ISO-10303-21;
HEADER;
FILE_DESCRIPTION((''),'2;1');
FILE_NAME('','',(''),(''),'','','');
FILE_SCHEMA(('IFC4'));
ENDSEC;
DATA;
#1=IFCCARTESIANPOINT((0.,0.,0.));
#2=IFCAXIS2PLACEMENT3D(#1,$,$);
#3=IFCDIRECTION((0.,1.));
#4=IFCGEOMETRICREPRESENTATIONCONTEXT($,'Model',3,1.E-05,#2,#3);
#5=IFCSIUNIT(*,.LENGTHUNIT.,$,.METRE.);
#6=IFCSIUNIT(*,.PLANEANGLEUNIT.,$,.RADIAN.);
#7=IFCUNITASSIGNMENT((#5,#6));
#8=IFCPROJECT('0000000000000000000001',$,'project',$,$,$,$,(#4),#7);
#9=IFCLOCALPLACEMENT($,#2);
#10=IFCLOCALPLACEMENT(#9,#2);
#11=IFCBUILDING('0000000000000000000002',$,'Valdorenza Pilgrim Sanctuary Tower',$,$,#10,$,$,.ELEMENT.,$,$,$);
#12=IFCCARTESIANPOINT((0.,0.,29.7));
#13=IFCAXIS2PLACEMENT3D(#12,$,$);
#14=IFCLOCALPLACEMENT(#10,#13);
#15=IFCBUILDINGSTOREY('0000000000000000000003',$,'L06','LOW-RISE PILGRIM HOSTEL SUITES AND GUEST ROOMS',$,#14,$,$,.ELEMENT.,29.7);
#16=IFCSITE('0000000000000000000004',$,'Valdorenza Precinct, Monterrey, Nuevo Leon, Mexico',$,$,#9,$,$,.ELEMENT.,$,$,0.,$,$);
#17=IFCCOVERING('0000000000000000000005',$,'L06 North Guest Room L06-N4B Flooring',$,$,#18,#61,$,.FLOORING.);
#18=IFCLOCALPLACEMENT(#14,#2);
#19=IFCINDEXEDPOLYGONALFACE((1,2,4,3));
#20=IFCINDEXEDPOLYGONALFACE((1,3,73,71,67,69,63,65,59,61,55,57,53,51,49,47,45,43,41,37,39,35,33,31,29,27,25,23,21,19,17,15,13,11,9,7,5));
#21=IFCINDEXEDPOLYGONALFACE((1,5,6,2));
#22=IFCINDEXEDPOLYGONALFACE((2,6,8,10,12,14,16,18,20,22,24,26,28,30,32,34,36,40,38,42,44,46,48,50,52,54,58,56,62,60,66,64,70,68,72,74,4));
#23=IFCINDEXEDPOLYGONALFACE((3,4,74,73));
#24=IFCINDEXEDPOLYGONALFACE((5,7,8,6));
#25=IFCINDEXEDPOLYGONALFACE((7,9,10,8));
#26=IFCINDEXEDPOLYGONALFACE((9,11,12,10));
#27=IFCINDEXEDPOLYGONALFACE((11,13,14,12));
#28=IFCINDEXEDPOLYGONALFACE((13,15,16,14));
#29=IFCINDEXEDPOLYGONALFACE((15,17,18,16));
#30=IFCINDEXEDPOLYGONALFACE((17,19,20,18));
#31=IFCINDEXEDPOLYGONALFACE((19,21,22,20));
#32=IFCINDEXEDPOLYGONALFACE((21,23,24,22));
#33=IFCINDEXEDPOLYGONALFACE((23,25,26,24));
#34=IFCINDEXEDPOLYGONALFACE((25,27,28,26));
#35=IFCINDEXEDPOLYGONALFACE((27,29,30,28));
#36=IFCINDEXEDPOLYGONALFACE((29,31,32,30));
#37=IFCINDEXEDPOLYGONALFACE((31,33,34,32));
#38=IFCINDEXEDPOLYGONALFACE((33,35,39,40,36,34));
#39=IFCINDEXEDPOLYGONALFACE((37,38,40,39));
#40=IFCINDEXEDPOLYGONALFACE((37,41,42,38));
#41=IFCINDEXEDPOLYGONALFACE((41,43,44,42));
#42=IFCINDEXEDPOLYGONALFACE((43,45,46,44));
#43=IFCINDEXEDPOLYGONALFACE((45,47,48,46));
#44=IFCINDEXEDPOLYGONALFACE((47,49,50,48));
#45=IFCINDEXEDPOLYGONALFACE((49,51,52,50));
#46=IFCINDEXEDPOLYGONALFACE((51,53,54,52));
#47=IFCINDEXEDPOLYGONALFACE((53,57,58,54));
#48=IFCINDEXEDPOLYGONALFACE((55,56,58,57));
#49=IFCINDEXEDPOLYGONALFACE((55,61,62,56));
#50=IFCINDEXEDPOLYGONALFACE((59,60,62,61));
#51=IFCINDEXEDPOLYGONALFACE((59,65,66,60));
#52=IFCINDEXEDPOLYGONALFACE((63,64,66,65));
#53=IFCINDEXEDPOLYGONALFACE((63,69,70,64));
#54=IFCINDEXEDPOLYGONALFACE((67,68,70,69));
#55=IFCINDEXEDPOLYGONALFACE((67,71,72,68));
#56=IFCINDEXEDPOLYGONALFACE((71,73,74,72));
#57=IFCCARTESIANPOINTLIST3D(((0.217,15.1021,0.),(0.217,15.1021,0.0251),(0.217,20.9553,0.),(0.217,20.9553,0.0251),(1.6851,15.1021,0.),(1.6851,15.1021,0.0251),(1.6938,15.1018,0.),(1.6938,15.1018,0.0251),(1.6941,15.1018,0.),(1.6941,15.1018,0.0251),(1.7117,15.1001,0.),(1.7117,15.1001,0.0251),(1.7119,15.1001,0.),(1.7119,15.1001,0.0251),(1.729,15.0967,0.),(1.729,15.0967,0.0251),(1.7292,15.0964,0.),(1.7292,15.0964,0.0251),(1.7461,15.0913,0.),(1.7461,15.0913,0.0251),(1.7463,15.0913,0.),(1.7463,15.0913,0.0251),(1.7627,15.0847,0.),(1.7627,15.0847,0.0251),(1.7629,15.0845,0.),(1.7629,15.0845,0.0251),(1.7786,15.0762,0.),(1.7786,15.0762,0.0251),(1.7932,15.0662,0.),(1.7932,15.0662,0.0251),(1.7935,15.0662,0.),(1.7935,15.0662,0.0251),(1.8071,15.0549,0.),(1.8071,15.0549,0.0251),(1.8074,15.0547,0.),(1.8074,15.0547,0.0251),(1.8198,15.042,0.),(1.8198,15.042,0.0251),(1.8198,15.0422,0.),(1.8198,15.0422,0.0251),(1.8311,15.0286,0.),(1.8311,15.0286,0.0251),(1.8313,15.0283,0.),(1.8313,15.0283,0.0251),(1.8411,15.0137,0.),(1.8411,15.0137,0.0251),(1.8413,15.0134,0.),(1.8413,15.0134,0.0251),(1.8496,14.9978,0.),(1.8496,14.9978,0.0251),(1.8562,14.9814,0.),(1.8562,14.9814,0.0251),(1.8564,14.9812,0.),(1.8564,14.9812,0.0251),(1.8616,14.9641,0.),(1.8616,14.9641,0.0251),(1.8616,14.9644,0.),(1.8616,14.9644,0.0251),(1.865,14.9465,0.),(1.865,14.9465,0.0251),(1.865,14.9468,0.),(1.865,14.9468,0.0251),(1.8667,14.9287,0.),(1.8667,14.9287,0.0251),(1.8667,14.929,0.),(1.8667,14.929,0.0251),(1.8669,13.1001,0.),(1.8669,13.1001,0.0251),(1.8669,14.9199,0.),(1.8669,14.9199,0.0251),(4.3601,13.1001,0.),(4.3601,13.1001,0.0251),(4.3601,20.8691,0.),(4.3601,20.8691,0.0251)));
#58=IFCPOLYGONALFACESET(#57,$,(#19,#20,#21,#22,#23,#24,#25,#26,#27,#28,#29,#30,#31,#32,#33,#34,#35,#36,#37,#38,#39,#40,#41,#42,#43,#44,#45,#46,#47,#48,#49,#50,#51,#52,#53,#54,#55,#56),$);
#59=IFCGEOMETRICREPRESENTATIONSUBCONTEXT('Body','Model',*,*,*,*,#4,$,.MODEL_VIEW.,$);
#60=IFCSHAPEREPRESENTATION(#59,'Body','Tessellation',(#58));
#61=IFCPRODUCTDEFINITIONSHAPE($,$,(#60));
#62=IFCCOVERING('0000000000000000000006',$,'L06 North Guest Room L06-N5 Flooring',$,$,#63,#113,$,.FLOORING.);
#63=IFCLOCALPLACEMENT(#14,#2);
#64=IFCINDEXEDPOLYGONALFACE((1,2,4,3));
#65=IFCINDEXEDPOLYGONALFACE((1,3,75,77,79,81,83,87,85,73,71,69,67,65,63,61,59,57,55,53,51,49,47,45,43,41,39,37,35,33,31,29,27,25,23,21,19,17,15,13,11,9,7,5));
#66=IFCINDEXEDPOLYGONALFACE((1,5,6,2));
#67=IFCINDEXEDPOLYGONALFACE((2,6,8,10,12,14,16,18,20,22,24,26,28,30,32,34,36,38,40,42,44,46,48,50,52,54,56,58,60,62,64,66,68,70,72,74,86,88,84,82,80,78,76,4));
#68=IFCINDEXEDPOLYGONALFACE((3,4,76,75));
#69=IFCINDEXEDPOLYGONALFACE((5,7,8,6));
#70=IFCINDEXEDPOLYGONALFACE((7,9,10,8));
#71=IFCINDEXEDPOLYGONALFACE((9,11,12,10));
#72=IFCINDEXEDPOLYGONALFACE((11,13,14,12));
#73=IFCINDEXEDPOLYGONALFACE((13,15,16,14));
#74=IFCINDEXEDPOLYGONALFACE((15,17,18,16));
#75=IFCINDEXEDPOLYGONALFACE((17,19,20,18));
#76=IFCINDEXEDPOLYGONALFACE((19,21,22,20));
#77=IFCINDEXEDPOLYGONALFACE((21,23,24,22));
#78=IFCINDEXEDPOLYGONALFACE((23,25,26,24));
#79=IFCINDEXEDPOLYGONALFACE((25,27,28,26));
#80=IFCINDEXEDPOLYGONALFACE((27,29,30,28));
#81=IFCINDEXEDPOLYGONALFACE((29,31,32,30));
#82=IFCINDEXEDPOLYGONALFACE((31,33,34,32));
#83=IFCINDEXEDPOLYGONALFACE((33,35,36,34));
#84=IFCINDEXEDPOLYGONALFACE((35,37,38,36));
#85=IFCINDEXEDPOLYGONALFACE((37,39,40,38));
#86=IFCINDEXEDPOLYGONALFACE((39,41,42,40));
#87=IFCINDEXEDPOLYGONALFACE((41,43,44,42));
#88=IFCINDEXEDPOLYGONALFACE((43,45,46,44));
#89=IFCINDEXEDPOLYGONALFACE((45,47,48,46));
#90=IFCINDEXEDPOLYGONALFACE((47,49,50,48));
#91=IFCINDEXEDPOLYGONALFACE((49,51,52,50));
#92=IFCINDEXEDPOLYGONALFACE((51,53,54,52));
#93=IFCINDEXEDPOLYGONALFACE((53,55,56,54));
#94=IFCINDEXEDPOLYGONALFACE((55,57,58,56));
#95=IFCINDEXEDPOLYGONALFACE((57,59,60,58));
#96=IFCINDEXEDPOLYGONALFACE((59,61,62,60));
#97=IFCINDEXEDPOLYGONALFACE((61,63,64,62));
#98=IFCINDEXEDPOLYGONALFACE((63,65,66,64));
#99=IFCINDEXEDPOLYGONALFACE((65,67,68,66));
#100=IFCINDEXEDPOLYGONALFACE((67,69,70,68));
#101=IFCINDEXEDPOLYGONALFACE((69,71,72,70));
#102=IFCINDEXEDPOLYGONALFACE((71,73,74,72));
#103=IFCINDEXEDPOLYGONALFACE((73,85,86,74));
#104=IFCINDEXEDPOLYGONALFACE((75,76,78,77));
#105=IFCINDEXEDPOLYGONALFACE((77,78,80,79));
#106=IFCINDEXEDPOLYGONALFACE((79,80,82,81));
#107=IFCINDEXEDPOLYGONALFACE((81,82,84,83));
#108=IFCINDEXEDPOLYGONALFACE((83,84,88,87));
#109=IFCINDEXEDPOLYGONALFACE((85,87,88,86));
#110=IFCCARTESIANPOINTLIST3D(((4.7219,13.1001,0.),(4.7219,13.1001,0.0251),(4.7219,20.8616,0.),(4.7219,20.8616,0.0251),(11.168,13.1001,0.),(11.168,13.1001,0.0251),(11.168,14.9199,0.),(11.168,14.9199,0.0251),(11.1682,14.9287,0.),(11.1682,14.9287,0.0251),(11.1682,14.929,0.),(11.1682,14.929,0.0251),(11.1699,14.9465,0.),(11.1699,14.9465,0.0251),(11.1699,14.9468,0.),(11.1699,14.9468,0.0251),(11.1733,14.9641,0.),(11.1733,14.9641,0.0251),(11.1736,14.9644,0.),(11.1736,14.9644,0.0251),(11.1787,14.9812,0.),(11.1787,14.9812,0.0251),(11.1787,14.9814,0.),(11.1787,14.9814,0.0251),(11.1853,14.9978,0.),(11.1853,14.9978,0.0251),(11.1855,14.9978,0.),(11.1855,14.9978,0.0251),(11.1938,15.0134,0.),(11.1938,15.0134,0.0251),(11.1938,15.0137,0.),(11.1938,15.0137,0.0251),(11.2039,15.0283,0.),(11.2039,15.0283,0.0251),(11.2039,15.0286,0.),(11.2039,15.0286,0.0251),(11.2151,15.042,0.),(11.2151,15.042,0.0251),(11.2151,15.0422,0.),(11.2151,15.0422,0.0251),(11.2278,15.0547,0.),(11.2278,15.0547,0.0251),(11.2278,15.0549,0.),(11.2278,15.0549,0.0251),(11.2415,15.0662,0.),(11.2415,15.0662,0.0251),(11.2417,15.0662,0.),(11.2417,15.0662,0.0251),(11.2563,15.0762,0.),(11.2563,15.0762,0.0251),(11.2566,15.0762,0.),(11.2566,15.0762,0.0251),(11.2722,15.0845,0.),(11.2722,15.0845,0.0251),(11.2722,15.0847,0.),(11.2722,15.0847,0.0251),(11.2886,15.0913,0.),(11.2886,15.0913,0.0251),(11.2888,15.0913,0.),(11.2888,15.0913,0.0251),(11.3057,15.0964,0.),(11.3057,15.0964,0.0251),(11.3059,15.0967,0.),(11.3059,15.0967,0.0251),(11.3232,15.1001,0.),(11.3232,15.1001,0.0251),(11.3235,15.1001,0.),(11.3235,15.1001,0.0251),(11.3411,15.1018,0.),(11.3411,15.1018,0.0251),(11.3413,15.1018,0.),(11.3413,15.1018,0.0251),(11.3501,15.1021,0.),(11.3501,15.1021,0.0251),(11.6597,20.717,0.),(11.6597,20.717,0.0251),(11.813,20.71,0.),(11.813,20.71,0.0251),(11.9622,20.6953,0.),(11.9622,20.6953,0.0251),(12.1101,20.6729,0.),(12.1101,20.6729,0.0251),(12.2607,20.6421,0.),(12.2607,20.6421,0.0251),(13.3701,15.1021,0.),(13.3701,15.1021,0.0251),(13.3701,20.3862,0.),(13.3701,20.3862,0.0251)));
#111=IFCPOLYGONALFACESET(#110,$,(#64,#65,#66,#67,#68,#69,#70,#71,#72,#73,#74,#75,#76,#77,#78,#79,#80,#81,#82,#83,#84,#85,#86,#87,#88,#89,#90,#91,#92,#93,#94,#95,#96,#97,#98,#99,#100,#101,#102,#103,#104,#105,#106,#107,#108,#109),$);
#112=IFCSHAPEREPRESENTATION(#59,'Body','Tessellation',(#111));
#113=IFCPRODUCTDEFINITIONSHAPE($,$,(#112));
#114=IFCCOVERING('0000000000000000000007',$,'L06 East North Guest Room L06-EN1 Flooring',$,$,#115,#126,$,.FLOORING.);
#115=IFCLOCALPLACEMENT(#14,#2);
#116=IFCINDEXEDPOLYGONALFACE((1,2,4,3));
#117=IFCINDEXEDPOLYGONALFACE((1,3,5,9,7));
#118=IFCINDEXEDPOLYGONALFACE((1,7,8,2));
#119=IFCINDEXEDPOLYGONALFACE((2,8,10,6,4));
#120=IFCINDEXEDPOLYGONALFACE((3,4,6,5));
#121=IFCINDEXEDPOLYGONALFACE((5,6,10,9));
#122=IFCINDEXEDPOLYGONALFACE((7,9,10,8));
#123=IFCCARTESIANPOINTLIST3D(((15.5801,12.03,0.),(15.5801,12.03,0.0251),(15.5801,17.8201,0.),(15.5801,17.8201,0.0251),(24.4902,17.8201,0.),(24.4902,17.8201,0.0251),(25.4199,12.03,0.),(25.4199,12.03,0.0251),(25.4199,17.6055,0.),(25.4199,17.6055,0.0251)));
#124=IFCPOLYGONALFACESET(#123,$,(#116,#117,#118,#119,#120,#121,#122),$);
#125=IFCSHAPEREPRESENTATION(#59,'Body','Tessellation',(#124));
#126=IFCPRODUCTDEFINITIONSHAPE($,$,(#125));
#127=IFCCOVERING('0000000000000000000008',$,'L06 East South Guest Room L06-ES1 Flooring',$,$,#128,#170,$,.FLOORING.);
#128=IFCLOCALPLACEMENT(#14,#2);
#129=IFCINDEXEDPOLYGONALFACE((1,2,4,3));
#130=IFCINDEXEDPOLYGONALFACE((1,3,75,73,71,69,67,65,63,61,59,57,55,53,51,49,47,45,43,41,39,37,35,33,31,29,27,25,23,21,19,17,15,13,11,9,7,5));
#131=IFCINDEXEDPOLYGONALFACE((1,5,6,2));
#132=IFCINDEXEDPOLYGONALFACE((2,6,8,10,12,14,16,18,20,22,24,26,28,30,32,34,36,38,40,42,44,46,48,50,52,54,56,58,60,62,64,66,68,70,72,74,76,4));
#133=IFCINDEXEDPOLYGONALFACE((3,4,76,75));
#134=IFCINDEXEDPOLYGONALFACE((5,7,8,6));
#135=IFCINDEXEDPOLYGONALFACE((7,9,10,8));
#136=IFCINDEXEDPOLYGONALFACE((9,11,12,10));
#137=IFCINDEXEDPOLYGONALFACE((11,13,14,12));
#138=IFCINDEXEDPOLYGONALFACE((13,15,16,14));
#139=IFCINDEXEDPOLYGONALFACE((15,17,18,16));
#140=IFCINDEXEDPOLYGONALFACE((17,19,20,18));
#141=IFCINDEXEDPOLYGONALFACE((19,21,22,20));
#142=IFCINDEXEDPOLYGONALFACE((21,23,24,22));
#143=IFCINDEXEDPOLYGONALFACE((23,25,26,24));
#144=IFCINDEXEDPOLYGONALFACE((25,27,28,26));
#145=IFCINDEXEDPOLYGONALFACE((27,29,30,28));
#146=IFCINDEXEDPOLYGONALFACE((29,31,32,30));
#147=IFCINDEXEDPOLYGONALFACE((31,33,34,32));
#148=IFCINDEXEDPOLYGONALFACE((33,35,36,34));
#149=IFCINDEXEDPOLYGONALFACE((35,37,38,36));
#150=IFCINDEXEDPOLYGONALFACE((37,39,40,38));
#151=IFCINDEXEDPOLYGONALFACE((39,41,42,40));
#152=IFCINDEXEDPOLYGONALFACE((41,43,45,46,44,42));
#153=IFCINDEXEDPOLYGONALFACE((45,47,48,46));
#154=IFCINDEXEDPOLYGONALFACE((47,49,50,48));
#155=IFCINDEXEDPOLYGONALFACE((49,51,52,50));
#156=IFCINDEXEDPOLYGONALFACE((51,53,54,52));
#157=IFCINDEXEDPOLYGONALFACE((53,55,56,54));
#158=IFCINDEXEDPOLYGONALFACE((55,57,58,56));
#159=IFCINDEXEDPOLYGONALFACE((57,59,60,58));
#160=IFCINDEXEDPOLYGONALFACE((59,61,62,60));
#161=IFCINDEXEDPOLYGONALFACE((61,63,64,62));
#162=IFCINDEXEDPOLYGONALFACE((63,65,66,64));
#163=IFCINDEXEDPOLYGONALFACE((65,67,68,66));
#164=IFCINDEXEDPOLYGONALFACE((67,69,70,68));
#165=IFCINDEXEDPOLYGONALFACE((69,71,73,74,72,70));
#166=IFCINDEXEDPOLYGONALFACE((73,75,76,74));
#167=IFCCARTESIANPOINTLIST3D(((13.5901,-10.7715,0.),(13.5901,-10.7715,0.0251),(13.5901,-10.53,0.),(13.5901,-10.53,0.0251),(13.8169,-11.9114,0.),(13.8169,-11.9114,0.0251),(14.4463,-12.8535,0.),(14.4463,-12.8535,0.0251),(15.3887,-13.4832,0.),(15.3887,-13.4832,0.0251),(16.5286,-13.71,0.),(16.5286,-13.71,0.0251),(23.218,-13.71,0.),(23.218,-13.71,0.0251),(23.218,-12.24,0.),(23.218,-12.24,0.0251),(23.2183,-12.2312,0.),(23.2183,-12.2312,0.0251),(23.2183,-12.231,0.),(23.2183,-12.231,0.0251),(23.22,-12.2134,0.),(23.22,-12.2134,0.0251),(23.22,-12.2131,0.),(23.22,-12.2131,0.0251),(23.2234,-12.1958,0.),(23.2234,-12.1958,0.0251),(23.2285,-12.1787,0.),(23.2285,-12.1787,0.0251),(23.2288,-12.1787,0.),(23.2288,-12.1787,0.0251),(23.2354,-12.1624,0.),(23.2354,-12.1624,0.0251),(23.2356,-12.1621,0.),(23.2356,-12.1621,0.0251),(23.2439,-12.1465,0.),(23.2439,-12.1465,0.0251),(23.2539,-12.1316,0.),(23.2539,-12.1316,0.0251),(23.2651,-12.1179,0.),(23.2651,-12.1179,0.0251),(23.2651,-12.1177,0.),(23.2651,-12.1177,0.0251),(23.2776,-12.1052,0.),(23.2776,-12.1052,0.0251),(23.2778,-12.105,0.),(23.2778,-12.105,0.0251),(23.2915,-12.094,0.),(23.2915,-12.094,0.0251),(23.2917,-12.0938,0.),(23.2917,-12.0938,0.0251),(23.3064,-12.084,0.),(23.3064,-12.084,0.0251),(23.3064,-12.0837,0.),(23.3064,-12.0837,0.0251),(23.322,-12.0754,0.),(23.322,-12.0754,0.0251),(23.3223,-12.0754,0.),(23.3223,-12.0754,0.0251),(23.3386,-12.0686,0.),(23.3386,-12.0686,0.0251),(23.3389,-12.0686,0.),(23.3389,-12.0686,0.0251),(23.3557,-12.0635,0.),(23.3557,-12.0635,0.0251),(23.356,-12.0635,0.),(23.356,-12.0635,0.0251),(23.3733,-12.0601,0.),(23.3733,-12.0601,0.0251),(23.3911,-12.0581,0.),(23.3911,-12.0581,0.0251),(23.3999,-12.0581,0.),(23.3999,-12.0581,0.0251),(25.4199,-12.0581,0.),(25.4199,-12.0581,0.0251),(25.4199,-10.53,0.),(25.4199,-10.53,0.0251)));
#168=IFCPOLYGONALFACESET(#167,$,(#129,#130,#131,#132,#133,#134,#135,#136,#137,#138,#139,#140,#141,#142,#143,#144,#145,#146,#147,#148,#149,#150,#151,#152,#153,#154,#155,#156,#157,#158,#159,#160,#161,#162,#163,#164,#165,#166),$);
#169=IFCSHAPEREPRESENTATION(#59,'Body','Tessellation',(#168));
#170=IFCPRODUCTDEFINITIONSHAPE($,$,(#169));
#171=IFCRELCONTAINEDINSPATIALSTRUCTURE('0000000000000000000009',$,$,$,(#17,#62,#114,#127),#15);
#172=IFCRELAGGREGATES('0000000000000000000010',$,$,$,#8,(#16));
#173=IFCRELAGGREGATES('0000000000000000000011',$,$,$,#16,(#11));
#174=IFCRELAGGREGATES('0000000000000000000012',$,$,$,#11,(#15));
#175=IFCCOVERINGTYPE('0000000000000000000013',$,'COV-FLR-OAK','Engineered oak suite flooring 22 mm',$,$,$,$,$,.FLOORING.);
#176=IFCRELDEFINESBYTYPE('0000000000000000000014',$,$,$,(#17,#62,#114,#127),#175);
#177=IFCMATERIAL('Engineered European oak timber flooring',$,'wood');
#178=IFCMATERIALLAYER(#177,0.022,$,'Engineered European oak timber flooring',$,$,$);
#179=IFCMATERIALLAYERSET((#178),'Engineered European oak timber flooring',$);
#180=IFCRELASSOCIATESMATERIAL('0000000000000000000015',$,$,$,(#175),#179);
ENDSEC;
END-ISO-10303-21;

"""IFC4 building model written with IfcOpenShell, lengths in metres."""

from ifc_helpers import new_model, si_unit, direction, frame, origin, place, context, subcontext, project, spatial, polyline, outline, extrude, material, layer, layer_set, type_object, element, save


model = new_model("IFC4")

# Units and contexts
model_context = context("Model", 3, precision=1e-05, world=origin(), true_north=direction((0.0, 1.0)))
body_context = subcontext(model_context, "Body", "Model", "MODEL_VIEW")
ifc_project = project(units=[si_unit("LENGTHUNIT", "METRE"), si_unit("PLANEANGLEUNIT", "RADIAN")], contexts=[model_context])

# Site, building, storey
site_placement = place(None, origin())
site = spatial("IfcSite", under=ifc_project, at=site_placement, Name="Valdorenza Precinct, Monterrey, Nuevo Leon, Mexico", CompositionType="ELEMENT", RefElevation=0.0)
building_placement = place(site_placement, origin())
building = spatial("IfcBuilding", under=site, at=building_placement, Name="Valdorenza Pilgrim Sanctuary Tower", CompositionType="ELEMENT")
storey_placement = place(building_placement, frame((0.0, 0.0, 29.7)))
storey = spatial("IfcBuildingStorey", under=building, at=storey_placement, Name="L06", Description="LOW-RISE PILGRIM HOSTEL SUITES AND GUEST ROOMS", CompositionType="ELEMENT", Elevation=29.7)

# Coverings
ifc_material_1 = material(Name="Engineered European oak timber flooring", Category="wood")
ifc_layer_1 = layer(ifc_material_1, 0.022, Name="Engineered European oak timber flooring")
ifc_layer_set_1 = layer_set([ifc_layer_1], Name="Engineered European oak timber flooring")
covering_type_1 = type_object("IfcCoveringType", Name="COV-FLR-OAK", Description="Engineered oak suite flooring 22 mm", PredefinedType="FLOORING", material=ifc_layer_set_1)
covering_1_placement = place(storey_placement, origin())
element("IfcCovering", 1, at=covering_1_placement, inside=storey, type_object=covering_type_1, Name="L06 North Guest Room L06-N4B Flooring", PredefinedType="FLOORING", context=body_context, shape_type="SweptSolid", body=[
    extrude(outline(polyline([(1.8669, 13.1001), (1.8669, 14.9199), (1.8667, 14.9287), (1.8667, 14.929), (1.865, 14.9465), (1.865, 14.9468), (1.8616, 14.9641), (1.8616, 14.9644), (1.8564, 14.9812), (1.8562, 14.9814), (1.8496, 14.9978), (1.8496, 14.9978), (1.8413, 15.0134), (1.8411, 15.0137), (1.8313, 15.0283), (1.8311, 15.0286), (1.8198, 15.042), (1.8198, 15.0422), (1.8074, 15.0547), (1.8071, 15.0549), (1.7935, 15.0662), (1.7932, 15.0662), (1.7786, 15.0762), (1.7786, 15.0762), (1.7629, 15.0845), (1.7627, 15.0847), (1.7463, 15.0913), (1.7461, 15.0913), (1.7292, 15.0964), (1.729, 15.0967), (1.7119, 15.1001), (1.7117, 15.1001), (1.6941, 15.1018), (1.6938, 15.1018), (1.6851, 15.1021), (0.217, 15.1021), (0.217, 20.9553), (4.3601, 20.8691), (4.3601, 13.1001), (1.8669, 13.1001)])), origin(), (0.0, 0.0, 1.0), 0.0251),
])
covering_2_placement = place(storey_placement, origin())
element("IfcCovering", 2, at=covering_2_placement, inside=storey, type_object=covering_type_1, Name="L06 North Guest Room L06-N5 Flooring", PredefinedType="FLOORING", context=body_context, shape_type="SweptSolid", body=[
    extrude(outline(polyline([(11.6597, 20.717), (11.813, 20.71), (11.9622, 20.6953), (12.1101, 20.6729), (12.2607, 20.6421), (13.3701, 20.3862), (13.3701, 15.1021), (11.3501, 15.1021), (11.3413, 15.1018), (11.3411, 15.1018), (11.3235, 15.1001), (11.3232, 15.1001), (11.3059, 15.0967), (11.3057, 15.0964), (11.2888, 15.0913), (11.2886, 15.0913), (11.2722, 15.0847), (11.2722, 15.0845), (11.2566, 15.0762), (11.2563, 15.0762), (11.2417, 15.0662), (11.2415, 15.0662), (11.2278, 15.0549), (11.2278, 15.0547), (11.2151, 15.0422), (11.2151, 15.042), (11.2039, 15.0286), (11.2039, 15.0283), (11.1938, 15.0137), (11.1938, 15.0134), (11.1855, 14.9978), (11.1853, 14.9978), (11.1787, 14.9814), (11.1787, 14.9812), (11.1736, 14.9644), (11.1733, 14.9641), (11.1699, 14.9468), (11.1699, 14.9465), (11.1682, 14.929), (11.1682, 14.9287), (11.168, 14.9199), (11.168, 13.1001), (4.7219, 13.1001), (4.7219, 20.8616), (11.6597, 20.717)])), origin(), (0.0, 0.0, 1.0), 0.0251),
])
covering_3_placement = place(storey_placement, origin())
element("IfcCovering", 3, at=covering_3_placement, inside=storey, type_object=covering_type_1, Name="L06 East North Guest Room L06-EN1 Flooring", PredefinedType="FLOORING", context=body_context, shape_type="SweptSolid", body=[
    extrude(outline(polyline([(24.4902, 17.8201), (25.4199, 17.6055), (25.4199, 12.03), (15.5801, 12.03), (15.5801, 17.8201), (24.4902, 17.8201)])), origin(), (0.0, 0.0, 1.0), 0.0251),
])
covering_4_placement = place(storey_placement, origin())
element("IfcCovering", 4, at=covering_4_placement, inside=storey, type_object=covering_type_1, Name="L06 East South Guest Room L06-ES1 Flooring", PredefinedType="FLOORING", context=body_context, shape_type="SweptSolid", body=[
    extrude(outline(polyline([(25.4199, -10.53), (25.4199, -12.0581), (23.3999, -12.0581), (23.3911, -12.0581), (23.3911, -12.0581), (23.3733, -12.0601), (23.3733, -12.0601), (23.356, -12.0635), (23.3557, -12.0635), (23.3389, -12.0686), (23.3386, -12.0686), (23.3223, -12.0754), (23.322, -12.0754), (23.3064, -12.0837), (23.3064, -12.084), (23.2917, -12.0938), (23.2915, -12.094), (23.2778, -12.105), (23.2776, -12.1052), (23.2651, -12.1177), (23.2651, -12.1179), (23.2539, -12.1316), (23.2539, -12.1316), (23.2439, -12.1465), (23.2439, -12.1465), (23.2356, -12.1621), (23.2354, -12.1624), (23.2288, -12.1787), (23.2285, -12.1787), (23.2234, -12.1958), (23.2234, -12.1958), (23.22, -12.2131), (23.22, -12.2134), (23.2183, -12.231), (23.2183, -12.2312), (23.218, -12.24), (23.218, -13.71), (16.5286, -13.71), (15.3887, -13.4832), (14.4463, -12.8535), (13.8169, -11.9114), (13.5901, -10.7715), (13.5901, -10.53), (25.4199, -10.53)])), origin(), (0.0, 0.0, 1.0), 0.0251),
])

save(model, "model.ifc")
